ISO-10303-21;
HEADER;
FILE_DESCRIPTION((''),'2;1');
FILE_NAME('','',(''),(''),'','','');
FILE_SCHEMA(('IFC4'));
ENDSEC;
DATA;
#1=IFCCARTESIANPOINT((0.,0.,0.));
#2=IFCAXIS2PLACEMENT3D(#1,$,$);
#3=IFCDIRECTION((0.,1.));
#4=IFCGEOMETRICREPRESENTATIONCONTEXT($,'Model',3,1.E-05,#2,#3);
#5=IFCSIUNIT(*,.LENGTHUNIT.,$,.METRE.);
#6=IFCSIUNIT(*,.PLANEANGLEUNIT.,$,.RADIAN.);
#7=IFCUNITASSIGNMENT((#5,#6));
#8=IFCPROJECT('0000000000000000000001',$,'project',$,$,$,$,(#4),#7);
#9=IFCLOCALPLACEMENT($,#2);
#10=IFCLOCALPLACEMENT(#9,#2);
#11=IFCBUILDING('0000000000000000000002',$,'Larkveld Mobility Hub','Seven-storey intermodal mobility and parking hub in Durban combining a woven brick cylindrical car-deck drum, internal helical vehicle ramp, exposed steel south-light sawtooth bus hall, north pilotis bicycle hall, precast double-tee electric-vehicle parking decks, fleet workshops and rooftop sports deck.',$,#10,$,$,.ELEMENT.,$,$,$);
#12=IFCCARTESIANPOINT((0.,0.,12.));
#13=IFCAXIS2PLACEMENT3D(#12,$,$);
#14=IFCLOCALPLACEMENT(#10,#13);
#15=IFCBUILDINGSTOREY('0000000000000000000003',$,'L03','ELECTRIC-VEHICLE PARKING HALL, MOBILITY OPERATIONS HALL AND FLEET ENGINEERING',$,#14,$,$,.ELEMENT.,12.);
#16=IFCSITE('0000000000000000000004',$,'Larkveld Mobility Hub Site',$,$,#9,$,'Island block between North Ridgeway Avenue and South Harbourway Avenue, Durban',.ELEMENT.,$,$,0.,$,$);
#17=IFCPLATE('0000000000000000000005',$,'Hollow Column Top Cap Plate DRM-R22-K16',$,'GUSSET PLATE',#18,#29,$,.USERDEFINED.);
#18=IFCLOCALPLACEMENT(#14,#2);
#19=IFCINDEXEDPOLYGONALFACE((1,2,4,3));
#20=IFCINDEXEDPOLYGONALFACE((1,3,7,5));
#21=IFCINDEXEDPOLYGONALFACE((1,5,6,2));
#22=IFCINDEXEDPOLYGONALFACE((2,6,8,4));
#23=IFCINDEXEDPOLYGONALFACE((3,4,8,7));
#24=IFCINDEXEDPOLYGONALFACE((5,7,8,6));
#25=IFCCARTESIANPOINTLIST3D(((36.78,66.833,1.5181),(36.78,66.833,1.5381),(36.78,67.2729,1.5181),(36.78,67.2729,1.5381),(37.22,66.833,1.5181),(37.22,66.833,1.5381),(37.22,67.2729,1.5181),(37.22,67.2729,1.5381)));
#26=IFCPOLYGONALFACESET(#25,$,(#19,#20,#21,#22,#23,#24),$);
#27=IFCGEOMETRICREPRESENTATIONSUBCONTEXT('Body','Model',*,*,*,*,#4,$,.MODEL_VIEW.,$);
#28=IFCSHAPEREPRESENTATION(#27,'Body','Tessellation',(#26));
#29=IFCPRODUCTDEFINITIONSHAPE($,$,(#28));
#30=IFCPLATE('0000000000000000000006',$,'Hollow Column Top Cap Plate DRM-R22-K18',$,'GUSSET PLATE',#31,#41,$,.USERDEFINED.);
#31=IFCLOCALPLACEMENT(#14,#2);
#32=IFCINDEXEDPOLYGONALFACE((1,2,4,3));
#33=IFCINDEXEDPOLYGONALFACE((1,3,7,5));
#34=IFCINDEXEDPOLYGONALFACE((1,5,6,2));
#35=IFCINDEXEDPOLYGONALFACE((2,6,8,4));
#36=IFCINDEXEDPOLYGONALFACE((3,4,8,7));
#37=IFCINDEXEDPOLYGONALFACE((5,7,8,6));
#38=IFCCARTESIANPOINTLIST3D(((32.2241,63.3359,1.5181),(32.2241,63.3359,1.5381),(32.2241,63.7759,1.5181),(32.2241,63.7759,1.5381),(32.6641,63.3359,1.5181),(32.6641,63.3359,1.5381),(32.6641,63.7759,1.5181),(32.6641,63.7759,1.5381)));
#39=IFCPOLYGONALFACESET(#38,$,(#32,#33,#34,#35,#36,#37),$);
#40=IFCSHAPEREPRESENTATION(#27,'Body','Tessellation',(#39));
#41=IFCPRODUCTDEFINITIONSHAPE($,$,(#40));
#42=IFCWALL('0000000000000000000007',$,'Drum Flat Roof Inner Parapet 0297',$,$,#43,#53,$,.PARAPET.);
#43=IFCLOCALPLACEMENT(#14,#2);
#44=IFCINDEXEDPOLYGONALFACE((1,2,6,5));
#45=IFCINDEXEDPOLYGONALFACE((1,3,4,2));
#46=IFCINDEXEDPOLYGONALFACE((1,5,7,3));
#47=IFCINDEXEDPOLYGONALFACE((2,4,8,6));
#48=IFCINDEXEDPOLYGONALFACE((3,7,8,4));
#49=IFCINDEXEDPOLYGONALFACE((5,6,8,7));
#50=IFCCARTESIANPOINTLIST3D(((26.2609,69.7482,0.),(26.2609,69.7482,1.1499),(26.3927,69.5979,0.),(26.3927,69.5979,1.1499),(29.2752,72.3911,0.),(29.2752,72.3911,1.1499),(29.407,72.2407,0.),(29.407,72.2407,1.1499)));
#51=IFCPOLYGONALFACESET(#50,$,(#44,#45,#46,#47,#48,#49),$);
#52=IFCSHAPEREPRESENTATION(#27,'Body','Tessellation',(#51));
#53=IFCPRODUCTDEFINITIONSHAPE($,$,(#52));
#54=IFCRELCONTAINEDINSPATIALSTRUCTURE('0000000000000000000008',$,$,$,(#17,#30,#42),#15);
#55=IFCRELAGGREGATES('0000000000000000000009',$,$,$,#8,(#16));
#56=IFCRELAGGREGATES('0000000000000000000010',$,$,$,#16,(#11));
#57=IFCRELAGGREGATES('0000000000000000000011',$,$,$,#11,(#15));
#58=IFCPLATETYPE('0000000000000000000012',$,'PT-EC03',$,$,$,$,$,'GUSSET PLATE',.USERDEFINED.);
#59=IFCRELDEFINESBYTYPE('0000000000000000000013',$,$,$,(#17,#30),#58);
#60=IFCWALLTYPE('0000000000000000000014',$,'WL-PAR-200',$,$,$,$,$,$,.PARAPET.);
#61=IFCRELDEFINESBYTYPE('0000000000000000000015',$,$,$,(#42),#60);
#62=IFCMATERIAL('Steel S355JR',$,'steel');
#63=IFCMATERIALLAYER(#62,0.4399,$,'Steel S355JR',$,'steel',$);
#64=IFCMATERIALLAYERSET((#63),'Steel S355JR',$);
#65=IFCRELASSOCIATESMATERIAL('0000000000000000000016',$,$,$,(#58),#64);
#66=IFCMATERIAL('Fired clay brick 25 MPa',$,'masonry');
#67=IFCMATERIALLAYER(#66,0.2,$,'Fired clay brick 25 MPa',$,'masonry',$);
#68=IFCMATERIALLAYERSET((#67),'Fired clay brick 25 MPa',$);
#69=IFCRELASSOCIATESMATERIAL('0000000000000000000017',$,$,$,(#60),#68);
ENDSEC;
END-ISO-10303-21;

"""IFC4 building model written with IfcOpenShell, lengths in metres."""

from ifc_helpers import new_model, si_unit, direction, frame, frame_2d, origin, origin_2d, place, context, subcontext, project, spatial, rectangle, extrude, material, layer, layer_set, type_object, element, save


model = new_model("IFC4")

# Units and contexts
model_context = context("Model", 3, precision=1e-05, world=origin(), true_north=direction((0.0, 1.0)))
body_context = subcontext(model_context, "Body", "Model", "MODEL_VIEW")
ifc_project = project(units=[si_unit("LENGTHUNIT", "METRE"), si_unit("PLANEANGLEUNIT", "RADIAN")], contexts=[model_context])

# Site, building, storey
site_placement = place(None, origin())
site = spatial("IfcSite", under=ifc_project, at=site_placement, Name="Larkveld Mobility Hub Site", LongName="Island block between North Ridgeway Avenue and South Harbourway Avenue, Durban", CompositionType="ELEMENT", RefElevation=0.0)
building_placement = place(site_placement, origin())
building = spatial("IfcBuilding", under=site, at=building_placement, Name="Larkveld Mobility Hub", Description="Seven-storey intermodal mobility and parking hub in Durban combining a woven brick cylindrical car-deck drum, internal helical vehicle ramp, exposed steel south-light sawtooth bus hall, north pilotis bicycle hall, precast double-tee electric-vehicle parking decks, fleet workshops and rooftop sports deck.", CompositionType="ELEMENT")
storey_placement = place(building_placement, frame((0.0, 0.0, 12.0)))
storey = spatial("IfcBuildingStorey", under=building, at=storey_placement, Name="L03", Description="ELECTRIC-VEHICLE PARKING HALL, MOBILITY OPERATIONS HALL AND FLEET ENGINEERING", CompositionType="ELEMENT", Elevation=12.0)

# Shared definitions
ifc_material_1 = material(Name="Steel S355JR", Category="steel")

# Plates
ifc_layer_1 = layer(ifc_material_1, 0.4399, Name="Steel S355JR", Category="steel")
ifc_layer_set_1 = layer_set([ifc_layer_1], Name="Steel S355JR")
plate_type = type_object("IfcPlateType", Name="PT-EC03", ElementType="GUSSET PLATE", PredefinedType="USERDEFINED", material=ifc_layer_set_1)
for number, where, z_axis, x_axis, name in (
    (1, (37.0, 67.053, 1.5181), (0.0, 0.0, 1.0), (1.0, 0.0, 0.0), "Hollow Column Top Cap Plate DRM-R22-K16"),
    (2, (32.4441, 63.5559, 1.5181), (0.0, 0.0, 1.0), (1.0, 0.0, 0.0), "Hollow Column Top Cap Plate DRM-R22-K18"),
):
    element("IfcPlate", number, at=place(storey_placement, frame(where, z_axis=z_axis, x_axis=x_axis)), inside=storey, type_object=plate_type, Name=name, ObjectType="GUSSET PLATE", PredefinedType="USERDEFINED", context=body_context, shape_type="SweptSolid", body=[
        extrude(rectangle(XDim=0.4399, YDim=0.4399, at=origin_2d()), origin(), (0.0, 0.0, 1.0), 0.02),
    ])

# Wall
ifc_material_2 = material(Name="Fired clay brick 25 MPa", Category="masonry")
ifc_layer_2 = layer(ifc_material_2, 0.2, Name="Fired clay brick 25 MPa", Category="masonry")
ifc_layer_set_2 = layer_set([ifc_layer_2], Name="Fired clay brick 25 MPa")
wall_type = type_object("IfcWallType", Name="WL-PAR-200", PredefinedType="PARAPET", material=ifc_layer_set_2)
wall_placement = place(storey_placement, frame((29.3411, 72.3159, 0.0), z_axis=(0.0, 0.0, 1.0), x_axis=(-0.751905, -0.659272, 0.0)))
element("IfcWall", 3, at=wall_placement, inside=storey, type_object=wall_type, Name="Drum Flat Roof Inner Parapet 0297", PredefinedType="PARAPET", context=body_context, shape_type="SweptSolid", body=[
    extrude(rectangle(XDim=4.0088, YDim=0.2, at=frame_2d((2.0044, 0.0))), origin(), (0.0, 0.0, 1.0), 1.1499),
])

save(model, "model.ifc")
